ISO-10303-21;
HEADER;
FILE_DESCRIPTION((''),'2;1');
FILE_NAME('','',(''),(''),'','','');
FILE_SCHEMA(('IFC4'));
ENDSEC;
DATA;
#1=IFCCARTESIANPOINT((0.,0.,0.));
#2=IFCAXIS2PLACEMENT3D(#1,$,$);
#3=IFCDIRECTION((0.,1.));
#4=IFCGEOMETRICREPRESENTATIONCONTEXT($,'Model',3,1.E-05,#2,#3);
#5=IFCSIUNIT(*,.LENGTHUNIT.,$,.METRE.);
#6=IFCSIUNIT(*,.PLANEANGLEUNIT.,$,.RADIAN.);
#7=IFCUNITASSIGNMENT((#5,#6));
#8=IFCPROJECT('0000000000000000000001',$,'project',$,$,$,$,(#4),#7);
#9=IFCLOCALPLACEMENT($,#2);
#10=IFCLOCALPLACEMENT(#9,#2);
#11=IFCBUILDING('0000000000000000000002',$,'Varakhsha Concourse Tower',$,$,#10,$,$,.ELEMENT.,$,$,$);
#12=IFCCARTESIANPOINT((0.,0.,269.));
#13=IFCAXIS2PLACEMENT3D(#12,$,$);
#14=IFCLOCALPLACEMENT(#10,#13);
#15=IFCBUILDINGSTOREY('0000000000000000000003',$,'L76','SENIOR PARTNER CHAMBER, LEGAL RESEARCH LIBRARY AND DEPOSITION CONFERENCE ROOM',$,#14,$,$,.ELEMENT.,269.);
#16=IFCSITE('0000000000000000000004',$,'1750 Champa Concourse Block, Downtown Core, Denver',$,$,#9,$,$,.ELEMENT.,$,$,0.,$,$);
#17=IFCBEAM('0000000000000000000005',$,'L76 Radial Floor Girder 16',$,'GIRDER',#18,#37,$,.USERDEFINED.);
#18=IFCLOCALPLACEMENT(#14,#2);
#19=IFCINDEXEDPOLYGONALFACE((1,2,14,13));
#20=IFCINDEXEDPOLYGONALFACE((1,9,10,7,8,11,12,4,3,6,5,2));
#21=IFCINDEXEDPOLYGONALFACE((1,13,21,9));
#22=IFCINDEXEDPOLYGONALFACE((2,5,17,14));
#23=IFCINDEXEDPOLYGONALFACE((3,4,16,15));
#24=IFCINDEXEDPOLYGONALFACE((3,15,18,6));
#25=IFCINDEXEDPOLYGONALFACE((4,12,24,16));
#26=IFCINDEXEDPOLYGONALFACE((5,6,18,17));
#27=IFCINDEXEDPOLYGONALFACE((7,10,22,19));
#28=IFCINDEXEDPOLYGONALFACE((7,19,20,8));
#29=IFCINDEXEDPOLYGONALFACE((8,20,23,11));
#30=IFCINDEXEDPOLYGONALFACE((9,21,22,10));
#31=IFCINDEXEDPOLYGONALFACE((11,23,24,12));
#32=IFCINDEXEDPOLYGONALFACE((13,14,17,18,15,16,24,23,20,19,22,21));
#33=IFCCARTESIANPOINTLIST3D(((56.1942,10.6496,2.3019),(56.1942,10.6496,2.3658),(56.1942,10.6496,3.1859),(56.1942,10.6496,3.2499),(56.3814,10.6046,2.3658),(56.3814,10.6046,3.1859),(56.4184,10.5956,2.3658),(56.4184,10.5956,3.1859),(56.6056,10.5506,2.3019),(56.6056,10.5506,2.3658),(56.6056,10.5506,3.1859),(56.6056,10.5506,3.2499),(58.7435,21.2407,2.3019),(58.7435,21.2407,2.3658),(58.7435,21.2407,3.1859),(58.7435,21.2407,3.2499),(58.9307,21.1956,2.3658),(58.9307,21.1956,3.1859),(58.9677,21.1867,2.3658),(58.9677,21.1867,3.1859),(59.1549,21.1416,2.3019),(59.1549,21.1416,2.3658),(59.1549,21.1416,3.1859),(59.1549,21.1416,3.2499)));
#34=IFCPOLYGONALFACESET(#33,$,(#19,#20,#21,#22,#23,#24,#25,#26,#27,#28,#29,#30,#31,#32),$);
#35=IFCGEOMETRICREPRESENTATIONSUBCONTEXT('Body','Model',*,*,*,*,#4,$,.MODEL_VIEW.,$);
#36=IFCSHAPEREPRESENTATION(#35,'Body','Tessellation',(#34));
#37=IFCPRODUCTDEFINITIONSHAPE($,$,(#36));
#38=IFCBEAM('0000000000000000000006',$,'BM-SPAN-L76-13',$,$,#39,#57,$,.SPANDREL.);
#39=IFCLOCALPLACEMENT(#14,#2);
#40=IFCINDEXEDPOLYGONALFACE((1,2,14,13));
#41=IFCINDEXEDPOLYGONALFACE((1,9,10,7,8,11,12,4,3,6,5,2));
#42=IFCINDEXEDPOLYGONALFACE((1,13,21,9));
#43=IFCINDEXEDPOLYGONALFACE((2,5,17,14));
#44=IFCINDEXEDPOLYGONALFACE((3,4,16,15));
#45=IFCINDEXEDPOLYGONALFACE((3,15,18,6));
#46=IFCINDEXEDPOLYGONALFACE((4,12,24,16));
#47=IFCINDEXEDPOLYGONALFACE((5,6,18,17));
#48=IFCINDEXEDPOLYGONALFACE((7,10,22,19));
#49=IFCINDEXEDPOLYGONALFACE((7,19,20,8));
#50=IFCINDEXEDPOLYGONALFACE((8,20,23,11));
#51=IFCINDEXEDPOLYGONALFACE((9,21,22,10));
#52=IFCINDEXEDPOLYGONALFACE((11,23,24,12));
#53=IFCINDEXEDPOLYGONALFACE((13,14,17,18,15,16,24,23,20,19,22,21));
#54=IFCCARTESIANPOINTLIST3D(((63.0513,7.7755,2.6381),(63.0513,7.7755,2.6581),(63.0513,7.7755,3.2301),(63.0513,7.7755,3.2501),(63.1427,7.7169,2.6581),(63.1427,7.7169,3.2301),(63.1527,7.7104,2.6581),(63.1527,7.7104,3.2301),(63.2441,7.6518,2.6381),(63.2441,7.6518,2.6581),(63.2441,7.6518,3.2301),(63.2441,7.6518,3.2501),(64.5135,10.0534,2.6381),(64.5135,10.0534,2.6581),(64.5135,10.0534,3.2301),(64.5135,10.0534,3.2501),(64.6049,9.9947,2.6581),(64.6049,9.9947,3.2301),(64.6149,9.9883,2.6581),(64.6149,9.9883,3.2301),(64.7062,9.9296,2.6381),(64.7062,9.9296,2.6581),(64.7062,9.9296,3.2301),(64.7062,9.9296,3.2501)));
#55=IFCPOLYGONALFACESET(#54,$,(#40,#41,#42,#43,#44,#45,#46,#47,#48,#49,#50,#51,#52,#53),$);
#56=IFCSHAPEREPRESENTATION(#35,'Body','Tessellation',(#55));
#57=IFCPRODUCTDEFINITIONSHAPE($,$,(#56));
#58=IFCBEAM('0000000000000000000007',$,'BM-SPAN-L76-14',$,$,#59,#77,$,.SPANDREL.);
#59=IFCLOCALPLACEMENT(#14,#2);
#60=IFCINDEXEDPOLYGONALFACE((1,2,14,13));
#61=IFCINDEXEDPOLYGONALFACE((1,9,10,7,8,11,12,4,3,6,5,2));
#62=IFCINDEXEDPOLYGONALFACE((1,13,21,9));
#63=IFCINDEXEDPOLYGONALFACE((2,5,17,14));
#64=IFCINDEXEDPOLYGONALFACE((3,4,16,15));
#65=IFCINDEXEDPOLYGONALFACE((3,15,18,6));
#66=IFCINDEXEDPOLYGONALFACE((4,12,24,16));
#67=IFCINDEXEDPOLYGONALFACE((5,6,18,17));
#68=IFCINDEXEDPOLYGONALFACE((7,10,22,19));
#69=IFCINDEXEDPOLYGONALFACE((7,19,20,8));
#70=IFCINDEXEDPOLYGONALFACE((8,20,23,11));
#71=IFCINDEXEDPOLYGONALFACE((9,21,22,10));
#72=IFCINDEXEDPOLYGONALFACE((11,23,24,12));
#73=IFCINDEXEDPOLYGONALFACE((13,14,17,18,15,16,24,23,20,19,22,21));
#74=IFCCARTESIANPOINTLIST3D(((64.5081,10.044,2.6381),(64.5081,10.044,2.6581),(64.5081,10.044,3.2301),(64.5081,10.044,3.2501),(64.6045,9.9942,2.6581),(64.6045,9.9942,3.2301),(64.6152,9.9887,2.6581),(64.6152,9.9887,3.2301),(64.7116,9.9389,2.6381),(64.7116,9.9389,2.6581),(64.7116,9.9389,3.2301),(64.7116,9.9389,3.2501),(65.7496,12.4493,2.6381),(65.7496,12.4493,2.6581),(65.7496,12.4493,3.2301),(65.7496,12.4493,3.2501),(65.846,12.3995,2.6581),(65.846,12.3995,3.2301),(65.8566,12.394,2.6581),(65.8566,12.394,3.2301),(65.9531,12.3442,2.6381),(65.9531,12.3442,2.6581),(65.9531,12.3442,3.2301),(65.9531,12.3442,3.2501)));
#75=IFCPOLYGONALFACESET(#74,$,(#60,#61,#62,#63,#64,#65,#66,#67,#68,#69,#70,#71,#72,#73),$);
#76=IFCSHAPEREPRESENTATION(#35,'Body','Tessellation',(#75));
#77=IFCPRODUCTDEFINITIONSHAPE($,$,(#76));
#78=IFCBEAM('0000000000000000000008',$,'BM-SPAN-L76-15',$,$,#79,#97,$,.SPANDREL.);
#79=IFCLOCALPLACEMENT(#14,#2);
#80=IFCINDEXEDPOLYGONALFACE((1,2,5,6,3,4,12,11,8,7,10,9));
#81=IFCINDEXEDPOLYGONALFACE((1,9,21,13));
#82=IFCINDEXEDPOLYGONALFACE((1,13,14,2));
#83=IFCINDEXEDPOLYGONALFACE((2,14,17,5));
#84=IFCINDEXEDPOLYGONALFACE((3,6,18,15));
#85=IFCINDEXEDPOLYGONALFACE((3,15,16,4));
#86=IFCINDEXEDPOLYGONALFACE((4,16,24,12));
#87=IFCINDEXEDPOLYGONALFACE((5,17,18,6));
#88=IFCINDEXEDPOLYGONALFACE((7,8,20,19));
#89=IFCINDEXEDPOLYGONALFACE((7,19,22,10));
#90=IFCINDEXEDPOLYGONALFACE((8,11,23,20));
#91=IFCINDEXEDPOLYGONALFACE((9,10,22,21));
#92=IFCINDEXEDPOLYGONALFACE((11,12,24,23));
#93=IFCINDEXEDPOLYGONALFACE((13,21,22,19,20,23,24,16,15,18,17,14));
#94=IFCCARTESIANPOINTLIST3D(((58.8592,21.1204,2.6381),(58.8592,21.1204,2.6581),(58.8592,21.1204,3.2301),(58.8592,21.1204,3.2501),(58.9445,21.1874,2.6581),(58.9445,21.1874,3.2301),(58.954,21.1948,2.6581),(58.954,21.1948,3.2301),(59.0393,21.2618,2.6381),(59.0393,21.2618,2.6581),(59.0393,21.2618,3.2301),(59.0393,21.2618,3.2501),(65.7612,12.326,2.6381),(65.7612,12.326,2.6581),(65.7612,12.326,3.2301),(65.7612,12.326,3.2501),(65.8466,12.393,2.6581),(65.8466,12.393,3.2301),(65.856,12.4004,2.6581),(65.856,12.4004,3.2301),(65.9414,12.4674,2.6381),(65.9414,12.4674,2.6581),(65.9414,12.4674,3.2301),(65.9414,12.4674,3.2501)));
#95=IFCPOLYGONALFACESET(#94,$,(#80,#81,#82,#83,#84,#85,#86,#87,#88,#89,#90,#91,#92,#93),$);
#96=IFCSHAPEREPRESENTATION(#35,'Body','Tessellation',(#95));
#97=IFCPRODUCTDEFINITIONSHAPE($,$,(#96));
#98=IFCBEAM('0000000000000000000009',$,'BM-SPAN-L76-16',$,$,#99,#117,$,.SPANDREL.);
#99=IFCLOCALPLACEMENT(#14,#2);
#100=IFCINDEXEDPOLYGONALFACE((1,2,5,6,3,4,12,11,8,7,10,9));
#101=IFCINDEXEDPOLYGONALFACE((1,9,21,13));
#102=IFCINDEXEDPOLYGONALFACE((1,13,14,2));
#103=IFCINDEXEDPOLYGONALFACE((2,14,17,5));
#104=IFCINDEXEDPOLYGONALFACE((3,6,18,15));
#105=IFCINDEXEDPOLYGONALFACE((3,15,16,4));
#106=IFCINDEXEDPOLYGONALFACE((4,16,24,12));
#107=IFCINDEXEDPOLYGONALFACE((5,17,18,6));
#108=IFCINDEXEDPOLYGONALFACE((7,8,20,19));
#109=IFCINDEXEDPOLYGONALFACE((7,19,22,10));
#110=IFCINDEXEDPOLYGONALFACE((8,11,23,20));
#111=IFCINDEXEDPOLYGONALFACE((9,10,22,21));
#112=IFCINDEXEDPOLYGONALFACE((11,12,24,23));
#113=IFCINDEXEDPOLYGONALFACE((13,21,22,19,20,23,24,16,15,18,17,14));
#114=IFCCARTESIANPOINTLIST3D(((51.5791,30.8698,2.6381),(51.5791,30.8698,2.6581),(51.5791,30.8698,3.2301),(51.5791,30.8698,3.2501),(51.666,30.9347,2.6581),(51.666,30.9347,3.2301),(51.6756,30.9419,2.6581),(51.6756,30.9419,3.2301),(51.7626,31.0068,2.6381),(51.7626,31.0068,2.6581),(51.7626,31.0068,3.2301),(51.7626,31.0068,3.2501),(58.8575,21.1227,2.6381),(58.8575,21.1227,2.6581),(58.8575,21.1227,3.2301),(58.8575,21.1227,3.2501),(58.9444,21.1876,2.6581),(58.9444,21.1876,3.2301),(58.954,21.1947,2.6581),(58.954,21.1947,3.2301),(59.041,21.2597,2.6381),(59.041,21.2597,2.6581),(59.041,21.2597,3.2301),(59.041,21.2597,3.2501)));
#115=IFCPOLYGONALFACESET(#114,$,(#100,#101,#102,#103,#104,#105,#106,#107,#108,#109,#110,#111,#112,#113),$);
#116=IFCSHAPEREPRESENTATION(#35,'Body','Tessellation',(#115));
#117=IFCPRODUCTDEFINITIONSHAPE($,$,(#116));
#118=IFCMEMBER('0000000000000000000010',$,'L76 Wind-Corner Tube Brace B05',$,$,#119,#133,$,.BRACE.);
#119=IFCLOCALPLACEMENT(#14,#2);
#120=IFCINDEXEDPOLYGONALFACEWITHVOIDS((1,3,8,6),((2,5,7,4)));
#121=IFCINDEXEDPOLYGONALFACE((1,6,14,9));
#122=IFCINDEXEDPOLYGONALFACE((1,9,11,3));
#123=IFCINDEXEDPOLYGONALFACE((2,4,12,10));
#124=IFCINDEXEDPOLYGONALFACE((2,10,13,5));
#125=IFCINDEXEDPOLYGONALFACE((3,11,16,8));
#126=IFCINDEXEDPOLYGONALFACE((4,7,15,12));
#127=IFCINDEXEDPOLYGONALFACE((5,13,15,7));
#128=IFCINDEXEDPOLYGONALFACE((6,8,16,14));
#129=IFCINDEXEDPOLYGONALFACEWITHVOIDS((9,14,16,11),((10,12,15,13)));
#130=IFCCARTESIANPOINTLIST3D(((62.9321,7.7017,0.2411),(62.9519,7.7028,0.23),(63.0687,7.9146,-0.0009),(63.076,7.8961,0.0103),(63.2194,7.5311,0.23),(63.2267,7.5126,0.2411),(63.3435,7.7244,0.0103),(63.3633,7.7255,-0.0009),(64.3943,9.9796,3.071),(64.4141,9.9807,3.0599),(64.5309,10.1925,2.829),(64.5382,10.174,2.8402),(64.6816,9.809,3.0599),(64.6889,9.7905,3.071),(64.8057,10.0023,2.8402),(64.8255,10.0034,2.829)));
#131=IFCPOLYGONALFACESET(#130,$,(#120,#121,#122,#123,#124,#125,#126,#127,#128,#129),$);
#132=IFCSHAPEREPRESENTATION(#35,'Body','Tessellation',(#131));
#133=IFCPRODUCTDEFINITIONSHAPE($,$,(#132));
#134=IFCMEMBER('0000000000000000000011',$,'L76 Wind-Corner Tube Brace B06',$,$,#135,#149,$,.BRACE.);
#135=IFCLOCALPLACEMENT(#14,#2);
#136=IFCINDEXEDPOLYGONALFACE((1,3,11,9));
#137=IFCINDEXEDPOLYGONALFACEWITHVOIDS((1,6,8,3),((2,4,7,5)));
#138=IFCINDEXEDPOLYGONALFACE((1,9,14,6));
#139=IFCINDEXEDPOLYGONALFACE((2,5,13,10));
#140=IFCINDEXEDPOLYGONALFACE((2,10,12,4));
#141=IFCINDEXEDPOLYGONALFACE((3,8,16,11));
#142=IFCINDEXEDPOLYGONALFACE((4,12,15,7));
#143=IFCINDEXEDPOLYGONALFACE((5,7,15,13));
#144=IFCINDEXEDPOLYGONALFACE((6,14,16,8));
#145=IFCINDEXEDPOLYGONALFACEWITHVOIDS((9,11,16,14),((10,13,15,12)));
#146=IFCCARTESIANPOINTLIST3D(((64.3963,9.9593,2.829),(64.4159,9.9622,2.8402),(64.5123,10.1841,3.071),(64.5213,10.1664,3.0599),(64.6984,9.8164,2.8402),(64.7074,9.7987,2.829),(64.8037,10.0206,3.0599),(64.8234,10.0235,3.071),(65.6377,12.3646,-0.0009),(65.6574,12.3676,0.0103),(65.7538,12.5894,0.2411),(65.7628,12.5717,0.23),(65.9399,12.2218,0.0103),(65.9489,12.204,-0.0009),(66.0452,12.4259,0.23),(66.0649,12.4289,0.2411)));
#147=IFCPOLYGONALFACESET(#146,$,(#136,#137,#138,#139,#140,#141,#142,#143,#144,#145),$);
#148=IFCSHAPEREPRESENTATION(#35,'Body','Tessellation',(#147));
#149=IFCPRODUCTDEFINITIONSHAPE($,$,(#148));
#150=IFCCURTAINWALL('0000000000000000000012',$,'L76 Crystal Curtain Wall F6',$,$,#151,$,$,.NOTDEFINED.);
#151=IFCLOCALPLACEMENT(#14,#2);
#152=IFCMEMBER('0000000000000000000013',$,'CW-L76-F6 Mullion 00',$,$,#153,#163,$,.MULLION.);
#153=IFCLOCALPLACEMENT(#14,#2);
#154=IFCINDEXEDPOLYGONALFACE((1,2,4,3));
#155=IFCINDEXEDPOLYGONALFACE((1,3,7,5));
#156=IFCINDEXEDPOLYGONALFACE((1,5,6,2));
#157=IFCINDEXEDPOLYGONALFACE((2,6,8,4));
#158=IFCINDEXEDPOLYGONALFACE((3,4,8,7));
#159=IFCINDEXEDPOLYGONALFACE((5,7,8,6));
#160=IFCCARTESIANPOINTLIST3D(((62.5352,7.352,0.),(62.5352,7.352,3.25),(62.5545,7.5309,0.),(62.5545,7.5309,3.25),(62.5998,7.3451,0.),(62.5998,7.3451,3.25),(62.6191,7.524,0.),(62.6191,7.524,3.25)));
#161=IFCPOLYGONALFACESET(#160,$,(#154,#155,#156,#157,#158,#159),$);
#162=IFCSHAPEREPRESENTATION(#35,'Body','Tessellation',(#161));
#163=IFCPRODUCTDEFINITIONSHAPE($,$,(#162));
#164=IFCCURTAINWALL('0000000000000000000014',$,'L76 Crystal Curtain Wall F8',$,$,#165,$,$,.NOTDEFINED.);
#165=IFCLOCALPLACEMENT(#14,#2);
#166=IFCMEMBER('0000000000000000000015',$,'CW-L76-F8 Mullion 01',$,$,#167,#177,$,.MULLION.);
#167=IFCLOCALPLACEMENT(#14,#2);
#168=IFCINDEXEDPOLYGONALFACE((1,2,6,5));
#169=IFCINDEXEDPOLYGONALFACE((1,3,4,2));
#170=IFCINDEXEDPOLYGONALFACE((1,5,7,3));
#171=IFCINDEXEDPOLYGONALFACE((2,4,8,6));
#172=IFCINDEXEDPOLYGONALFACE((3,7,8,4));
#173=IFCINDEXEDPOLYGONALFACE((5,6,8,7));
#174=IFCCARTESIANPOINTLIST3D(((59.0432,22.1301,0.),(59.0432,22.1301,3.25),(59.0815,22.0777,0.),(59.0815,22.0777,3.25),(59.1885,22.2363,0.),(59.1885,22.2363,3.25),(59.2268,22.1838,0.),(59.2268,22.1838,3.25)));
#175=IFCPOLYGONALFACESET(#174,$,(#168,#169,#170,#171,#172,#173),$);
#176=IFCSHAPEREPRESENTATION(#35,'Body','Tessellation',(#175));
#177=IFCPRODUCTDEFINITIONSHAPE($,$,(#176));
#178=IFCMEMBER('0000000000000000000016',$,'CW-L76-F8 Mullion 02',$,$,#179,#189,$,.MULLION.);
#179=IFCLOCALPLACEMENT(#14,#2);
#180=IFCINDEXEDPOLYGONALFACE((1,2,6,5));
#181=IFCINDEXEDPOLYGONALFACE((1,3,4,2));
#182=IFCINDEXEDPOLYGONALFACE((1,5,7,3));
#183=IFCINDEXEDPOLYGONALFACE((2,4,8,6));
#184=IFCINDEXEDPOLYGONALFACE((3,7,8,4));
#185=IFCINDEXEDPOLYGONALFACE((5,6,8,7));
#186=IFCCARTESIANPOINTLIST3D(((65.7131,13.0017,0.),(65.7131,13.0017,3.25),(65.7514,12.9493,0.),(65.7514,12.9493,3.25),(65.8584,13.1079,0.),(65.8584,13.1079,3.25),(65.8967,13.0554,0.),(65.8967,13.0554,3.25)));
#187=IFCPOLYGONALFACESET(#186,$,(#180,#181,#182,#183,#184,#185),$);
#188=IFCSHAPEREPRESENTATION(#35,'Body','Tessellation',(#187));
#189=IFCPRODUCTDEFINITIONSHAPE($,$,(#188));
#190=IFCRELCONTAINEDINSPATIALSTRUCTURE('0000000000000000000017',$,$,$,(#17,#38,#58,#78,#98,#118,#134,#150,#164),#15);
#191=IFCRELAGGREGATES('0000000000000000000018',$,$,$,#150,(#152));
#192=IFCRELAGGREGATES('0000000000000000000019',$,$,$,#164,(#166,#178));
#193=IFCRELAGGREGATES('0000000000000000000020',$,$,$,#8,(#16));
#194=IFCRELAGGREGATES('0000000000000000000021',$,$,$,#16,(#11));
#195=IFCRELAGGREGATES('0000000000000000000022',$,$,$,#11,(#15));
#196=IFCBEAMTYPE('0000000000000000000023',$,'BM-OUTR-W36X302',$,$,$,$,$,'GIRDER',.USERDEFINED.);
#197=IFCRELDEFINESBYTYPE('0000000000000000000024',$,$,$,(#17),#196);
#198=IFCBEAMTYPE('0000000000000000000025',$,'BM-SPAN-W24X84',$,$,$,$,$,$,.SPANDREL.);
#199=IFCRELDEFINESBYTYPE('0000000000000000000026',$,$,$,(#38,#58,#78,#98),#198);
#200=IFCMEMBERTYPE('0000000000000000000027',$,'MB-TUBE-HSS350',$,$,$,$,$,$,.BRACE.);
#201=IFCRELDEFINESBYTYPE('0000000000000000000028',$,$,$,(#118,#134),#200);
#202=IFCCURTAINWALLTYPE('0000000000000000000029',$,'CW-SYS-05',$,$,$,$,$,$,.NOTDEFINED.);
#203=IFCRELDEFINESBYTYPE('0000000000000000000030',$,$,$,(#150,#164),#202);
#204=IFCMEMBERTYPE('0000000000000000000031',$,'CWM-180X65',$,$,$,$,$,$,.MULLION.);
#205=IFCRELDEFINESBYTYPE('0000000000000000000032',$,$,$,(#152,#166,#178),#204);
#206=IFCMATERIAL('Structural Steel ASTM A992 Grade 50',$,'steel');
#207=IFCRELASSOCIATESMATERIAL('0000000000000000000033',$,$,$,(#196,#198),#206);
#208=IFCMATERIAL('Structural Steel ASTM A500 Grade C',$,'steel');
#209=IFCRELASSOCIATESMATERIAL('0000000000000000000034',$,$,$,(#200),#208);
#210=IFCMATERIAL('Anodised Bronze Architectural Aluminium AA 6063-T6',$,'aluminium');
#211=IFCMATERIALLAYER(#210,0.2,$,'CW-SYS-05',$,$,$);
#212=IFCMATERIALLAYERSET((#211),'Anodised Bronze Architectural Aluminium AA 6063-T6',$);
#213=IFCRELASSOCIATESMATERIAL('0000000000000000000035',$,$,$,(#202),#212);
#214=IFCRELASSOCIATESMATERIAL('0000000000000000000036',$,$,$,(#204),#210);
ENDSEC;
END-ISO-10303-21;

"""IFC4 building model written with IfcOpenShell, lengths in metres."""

from ifc_helpers import new_model, si_unit, direction, frame, origin, origin_2d, place, context, subcontext, project, spatial, rectangle, hollow_rectangle, i_section, extrude, source, transform, mapped, material, layer, layer_set, material_profile, profile_set, type_object, type_shapes, element, aggregate, save


model = new_model("IFC4")

# Units and contexts
model_context = context("Model", 3, precision=1e-05, world=origin(), true_north=direction((0.0, 1.0)))
body_context = subcontext(model_context, "Body", "Model", "MODEL_VIEW")
ifc_project = project(units=[si_unit("LENGTHUNIT", "METRE"), si_unit("PLANEANGLEUNIT", "RADIAN")], contexts=[model_context])

# Site, building, storey
site_placement = place(None, origin())
site = spatial("IfcSite", under=ifc_project, at=site_placement, Name="1750 Champa Concourse Block, Downtown Core, Denver", CompositionType="ELEMENT", RefElevation=0.0)
building_placement = place(site_placement, origin())
building = spatial("IfcBuilding", under=site, at=building_placement, Name="Varakhsha Concourse Tower", CompositionType="ELEMENT")
storey_placement = place(building_placement, frame((0.0, 0.0, 269.0)))
storey = spatial("IfcBuildingStorey", under=building, at=storey_placement, Name="L76", Description="SENIOR PARTNER CHAMBER, LEGAL RESEARCH LIBRARY AND DEPOSITION CONFERENCE ROOM", CompositionType="ELEMENT", Elevation=269.0)

# Beams
ifc_material_1 = material(Name="Structural Steel ASTM A992 Grade 50", Category="steel")
ifc_material_profile_1 = material_profile(ifc_material_1, i_section(OverallWidth=0.4231, OverallDepth=0.948, WebThickness=0.0381, FlangeThickness=0.064, at=origin_2d()), Name="W36X302")
ifc_profile_set_1 = profile_set([ifc_material_profile_1], Name="Structural Steel ASTM A992 Grade 50")
beam_type_1 = type_object("IfcBeamType", Name="BM-OUTR-W36X302", ElementType="GIRDER", PredefinedType="USERDEFINED", material=ifc_profile_set_1)
beam_1_placement = place(storey_placement, frame((56.3999, 10.6001, 2.7759), z_axis=(0.23402, 0.972232, 0.0), x_axis=(-0.972232, 0.23402, 0.0)))
element("IfcBeam", 1, at=beam_1_placement, inside=storey, type_object=beam_type_1, Name="L76 Radial Floor Girder 16", ObjectType="GIRDER", PredefinedType="USERDEFINED", context=body_context, shape_type="SweptSolid", body=[
    extrude(i_section(OverallWidth=0.4231, OverallDepth=0.948, WebThickness=0.0381, FlangeThickness=0.064, at=origin_2d()), origin(), (0.0, 0.0, 1.0), 10.8936),
])
ifc_material_profile_2 = material_profile(ifc_material_1, i_section(OverallWidth=0.229, OverallDepth=0.6121, WebThickness=0.012, FlangeThickness=0.02, at=origin_2d()), Name="W24X84")
ifc_profile_set_2 = profile_set([ifc_material_profile_2], Name="Structural Steel ASTM A992 Grade 50")
beam_type_2 = type_object("IfcBeamType", Name="BM-SPAN-W24X84", PredefinedType="SPANDREL", material=ifc_profile_set_2)
for number, where, z_axis, x_axis, name in (
    (2, (63.1477, 7.7136, 2.9441), (0.540192, 0.841542, 0.0), (-0.841542, 0.540192, 0.0), "BM-SPAN-L76-13"),
    (3, (64.6099, 9.9915, 2.9441), (0.45865, 0.888617, 0.0), (-0.888617, 0.45865, 0.0), "BM-SPAN-L76-14"),
):
    element("IfcBeam", number, at=place(storey_placement, frame(where, z_axis=z_axis, x_axis=x_axis)), inside=storey, type_object=beam_type_2, Name=name, PredefinedType="SPANDREL", context=body_context, shape_type="SweptSolid", body=[
        extrude(i_section(OverallWidth=0.229, OverallDepth=0.6121, WebThickness=0.012, FlangeThickness=0.02, at=origin_2d()), origin(), (0.0, 0.0, 1.0), 2.7068),
    ])
beam_2_placement = place(storey_placement, frame((65.8513, 12.3967, 2.9441), z_axis=(-0.617389, 0.786658, 0.0), x_axis=(-0.786658, -0.617389, 0.0)))
element("IfcBeam", 4, at=beam_2_placement, inside=storey, type_object=beam_type_2, Name="BM-SPAN-L76-15", PredefinedType="SPANDREL", context=body_context, shape_type="SweptSolid", body=[
    extrude(i_section(OverallWidth=0.229, OverallDepth=0.6121, WebThickness=0.012, FlangeThickness=0.02, at=origin_2d()), origin(), (0.0, 0.0, 1.0), 11.1794),
])
beam_3_placement = place(storey_placement, frame((58.9492, 21.1912, 2.9441), z_axis=(-0.598316, 0.80126, 0.0), x_axis=(-0.80126, -0.598316, 0.0)))
element("IfcBeam", 5, at=beam_3_placement, inside=storey, type_object=beam_type_2, Name="BM-SPAN-L76-16", PredefinedType="SPANDREL", context=body_context, shape_type="SweptSolid", body=[
    extrude(i_section(OverallWidth=0.229, OverallDepth=0.6121, WebThickness=0.012, FlangeThickness=0.02, at=origin_2d()), origin(), (0.0, 0.0, 1.0), 12.1648),
])

# Members
ifc_material_2 = material(Name="Structural Steel ASTM A500 Grade C", Category="steel")
ifc_material_profile_3 = material_profile(ifc_material_2, hollow_rectangle(XDim=0.3501, YDim=0.3501, WallThickness=0.0161, at=origin_2d()), Name="HSS 350x350x16")
ifc_profile_set_3 = profile_set([ifc_material_profile_3], Name="Structural Steel ASTM A500 Grade C")
member_type_1 = type_object("IfcMemberType", Name="MB-TUBE-HSS350", PredefinedType="BRACE", material=ifc_profile_set_3)
shared_shape_1 = source(origin(), body_context, "Body", "SweptSolid", [
    extrude(hollow_rectangle(XDim=0.3501, YDim=0.3501, WallThickness=0.0161, at=origin_2d()), origin(), (0.0, 0.0, 1.0), 3.916),
])
type_shapes(member_type_1, [shared_shape_1])
for number, where, z_axis, x_axis, name in (
    (6, (63.1477, 7.7136, 0.1201), (0.373389, 0.581686, 0.72265), (-0.841542, 0.540192, 0.0), "L76 Wind-Corner Tube Brace B05"),
    (7, (65.8513, 12.3967, 0.1201), (-0.317027, -0.614228, 0.722647), (0.888617, -0.45865, 0.0), "L76 Wind-Corner Tube Brace B06"),
):
    element("IfcMember", number, at=place(storey_placement, frame(where, z_axis=z_axis, x_axis=x_axis)), inside=storey, type_object=member_type_1, Name=name, PredefinedType="BRACE", context=body_context, shape_type="MappedRepresentation", body=[
        mapped(shared_shape_1, transform((0.0, 0.0, 0.0), scale=1.0)),
    ])

# Curtain wall, member
ifc_material_3 = material(Name="Anodised Bronze Architectural Aluminium AA 6063-T6", Category="aluminium")
ifc_layer_1 = layer(ifc_material_3, 0.2, Name="CW-SYS-05")
ifc_layer_set_1 = layer_set([ifc_layer_1], Name="Anodised Bronze Architectural Aluminium AA 6063-T6")
curtain_wall_type = type_object("IfcCurtainWallType", Name="CW-SYS-05", PredefinedType="NOTDEFINED", material=ifc_layer_set_1)
curtain_wall_1_placement = place(storey_placement, origin())
curtain_wall_1 = element("IfcCurtainWall", 8, at=curtain_wall_1_placement, inside=storey, type_object=curtain_wall_type, Name="L76 Crystal Curtain Wall F6", PredefinedType="NOTDEFINED")
ifc_material_profile_4 = material_profile(ifc_material_3, rectangle(XDim=0.0649, YDim=0.1799, at=origin_2d()), Name="CWM-180X65")
ifc_profile_set_4 = profile_set([ifc_material_profile_4], Name="Anodised Bronze Architectural Aluminium AA 6063-T6")
member_type_2 = type_object("IfcMemberType", Name="CWM-180X65", PredefinedType="MULLION", material=ifc_profile_set_4)
shared_shape_2 = source(origin(), body_context, "Body", "SweptSolid", [
    extrude(rectangle(XDim=0.0649, YDim=0.1799, at=origin_2d()), origin(), (0.0, 0.0, 1.0), 3.25),
])
type_shapes(member_type_2, [shared_shape_2])
member_1_placement = place(storey_placement, frame((62.5771, 7.438, 0.0), z_axis=(0.0, 0.0, 1.0), x_axis=(-0.994236, 0.10721, 0.0)))
member_1 = element("IfcMember", 9, at=member_1_placement, type_object=member_type_2, Name="CW-L76-F6 Mullion 00", PredefinedType="MULLION", context=body_context, shape_type="MappedRepresentation", body=[
    mapped(shared_shape_2, transform((0.0, 0.0, 0.0), scale=1.0)),
])

# Curtain wall, members
curtain_wall_2_placement = place(storey_placement, origin())
curtain_wall_2 = element("IfcCurtainWall", 10, at=curtain_wall_2_placement, inside=storey, type_object=curtain_wall_type, Name="L76 Crystal Curtain Wall F8", PredefinedType="NOTDEFINED")
member_2_placement = place(storey_placement, frame((59.135, 22.157, 0.0), z_axis=(0.0, 0.0, 1.0), x_axis=(0.58996, -0.807432, 0.0)))
member_2 = element("IfcMember", 11, at=member_2_placement, type_object=member_type_2, Name="CW-L76-F8 Mullion 01", PredefinedType="MULLION", context=body_context, shape_type="MappedRepresentation", body=[
    mapped(shared_shape_2, transform((0.0, 0.0, 0.0), scale=1.0)),
])
member_3_placement = place(storey_placement, frame((65.8049, 13.0286, 0.0), z_axis=(0.0, 0.0, 1.0), x_axis=(0.58996, -0.807432, 0.0)))
member_3 = element("IfcMember", 12, at=member_3_placement, type_object=member_type_2, Name="CW-L76-F8 Mullion 02", PredefinedType="MULLION", context=body_context, shape_type="MappedRepresentation", body=[
    mapped(shared_shape_2, transform((0.0, 0.0, 0.0), scale=1.0)),
])

aggregate(curtain_wall_1, [member_1])
aggregate(curtain_wall_2, [member_2, member_3])

save(model, "model.ifc")
